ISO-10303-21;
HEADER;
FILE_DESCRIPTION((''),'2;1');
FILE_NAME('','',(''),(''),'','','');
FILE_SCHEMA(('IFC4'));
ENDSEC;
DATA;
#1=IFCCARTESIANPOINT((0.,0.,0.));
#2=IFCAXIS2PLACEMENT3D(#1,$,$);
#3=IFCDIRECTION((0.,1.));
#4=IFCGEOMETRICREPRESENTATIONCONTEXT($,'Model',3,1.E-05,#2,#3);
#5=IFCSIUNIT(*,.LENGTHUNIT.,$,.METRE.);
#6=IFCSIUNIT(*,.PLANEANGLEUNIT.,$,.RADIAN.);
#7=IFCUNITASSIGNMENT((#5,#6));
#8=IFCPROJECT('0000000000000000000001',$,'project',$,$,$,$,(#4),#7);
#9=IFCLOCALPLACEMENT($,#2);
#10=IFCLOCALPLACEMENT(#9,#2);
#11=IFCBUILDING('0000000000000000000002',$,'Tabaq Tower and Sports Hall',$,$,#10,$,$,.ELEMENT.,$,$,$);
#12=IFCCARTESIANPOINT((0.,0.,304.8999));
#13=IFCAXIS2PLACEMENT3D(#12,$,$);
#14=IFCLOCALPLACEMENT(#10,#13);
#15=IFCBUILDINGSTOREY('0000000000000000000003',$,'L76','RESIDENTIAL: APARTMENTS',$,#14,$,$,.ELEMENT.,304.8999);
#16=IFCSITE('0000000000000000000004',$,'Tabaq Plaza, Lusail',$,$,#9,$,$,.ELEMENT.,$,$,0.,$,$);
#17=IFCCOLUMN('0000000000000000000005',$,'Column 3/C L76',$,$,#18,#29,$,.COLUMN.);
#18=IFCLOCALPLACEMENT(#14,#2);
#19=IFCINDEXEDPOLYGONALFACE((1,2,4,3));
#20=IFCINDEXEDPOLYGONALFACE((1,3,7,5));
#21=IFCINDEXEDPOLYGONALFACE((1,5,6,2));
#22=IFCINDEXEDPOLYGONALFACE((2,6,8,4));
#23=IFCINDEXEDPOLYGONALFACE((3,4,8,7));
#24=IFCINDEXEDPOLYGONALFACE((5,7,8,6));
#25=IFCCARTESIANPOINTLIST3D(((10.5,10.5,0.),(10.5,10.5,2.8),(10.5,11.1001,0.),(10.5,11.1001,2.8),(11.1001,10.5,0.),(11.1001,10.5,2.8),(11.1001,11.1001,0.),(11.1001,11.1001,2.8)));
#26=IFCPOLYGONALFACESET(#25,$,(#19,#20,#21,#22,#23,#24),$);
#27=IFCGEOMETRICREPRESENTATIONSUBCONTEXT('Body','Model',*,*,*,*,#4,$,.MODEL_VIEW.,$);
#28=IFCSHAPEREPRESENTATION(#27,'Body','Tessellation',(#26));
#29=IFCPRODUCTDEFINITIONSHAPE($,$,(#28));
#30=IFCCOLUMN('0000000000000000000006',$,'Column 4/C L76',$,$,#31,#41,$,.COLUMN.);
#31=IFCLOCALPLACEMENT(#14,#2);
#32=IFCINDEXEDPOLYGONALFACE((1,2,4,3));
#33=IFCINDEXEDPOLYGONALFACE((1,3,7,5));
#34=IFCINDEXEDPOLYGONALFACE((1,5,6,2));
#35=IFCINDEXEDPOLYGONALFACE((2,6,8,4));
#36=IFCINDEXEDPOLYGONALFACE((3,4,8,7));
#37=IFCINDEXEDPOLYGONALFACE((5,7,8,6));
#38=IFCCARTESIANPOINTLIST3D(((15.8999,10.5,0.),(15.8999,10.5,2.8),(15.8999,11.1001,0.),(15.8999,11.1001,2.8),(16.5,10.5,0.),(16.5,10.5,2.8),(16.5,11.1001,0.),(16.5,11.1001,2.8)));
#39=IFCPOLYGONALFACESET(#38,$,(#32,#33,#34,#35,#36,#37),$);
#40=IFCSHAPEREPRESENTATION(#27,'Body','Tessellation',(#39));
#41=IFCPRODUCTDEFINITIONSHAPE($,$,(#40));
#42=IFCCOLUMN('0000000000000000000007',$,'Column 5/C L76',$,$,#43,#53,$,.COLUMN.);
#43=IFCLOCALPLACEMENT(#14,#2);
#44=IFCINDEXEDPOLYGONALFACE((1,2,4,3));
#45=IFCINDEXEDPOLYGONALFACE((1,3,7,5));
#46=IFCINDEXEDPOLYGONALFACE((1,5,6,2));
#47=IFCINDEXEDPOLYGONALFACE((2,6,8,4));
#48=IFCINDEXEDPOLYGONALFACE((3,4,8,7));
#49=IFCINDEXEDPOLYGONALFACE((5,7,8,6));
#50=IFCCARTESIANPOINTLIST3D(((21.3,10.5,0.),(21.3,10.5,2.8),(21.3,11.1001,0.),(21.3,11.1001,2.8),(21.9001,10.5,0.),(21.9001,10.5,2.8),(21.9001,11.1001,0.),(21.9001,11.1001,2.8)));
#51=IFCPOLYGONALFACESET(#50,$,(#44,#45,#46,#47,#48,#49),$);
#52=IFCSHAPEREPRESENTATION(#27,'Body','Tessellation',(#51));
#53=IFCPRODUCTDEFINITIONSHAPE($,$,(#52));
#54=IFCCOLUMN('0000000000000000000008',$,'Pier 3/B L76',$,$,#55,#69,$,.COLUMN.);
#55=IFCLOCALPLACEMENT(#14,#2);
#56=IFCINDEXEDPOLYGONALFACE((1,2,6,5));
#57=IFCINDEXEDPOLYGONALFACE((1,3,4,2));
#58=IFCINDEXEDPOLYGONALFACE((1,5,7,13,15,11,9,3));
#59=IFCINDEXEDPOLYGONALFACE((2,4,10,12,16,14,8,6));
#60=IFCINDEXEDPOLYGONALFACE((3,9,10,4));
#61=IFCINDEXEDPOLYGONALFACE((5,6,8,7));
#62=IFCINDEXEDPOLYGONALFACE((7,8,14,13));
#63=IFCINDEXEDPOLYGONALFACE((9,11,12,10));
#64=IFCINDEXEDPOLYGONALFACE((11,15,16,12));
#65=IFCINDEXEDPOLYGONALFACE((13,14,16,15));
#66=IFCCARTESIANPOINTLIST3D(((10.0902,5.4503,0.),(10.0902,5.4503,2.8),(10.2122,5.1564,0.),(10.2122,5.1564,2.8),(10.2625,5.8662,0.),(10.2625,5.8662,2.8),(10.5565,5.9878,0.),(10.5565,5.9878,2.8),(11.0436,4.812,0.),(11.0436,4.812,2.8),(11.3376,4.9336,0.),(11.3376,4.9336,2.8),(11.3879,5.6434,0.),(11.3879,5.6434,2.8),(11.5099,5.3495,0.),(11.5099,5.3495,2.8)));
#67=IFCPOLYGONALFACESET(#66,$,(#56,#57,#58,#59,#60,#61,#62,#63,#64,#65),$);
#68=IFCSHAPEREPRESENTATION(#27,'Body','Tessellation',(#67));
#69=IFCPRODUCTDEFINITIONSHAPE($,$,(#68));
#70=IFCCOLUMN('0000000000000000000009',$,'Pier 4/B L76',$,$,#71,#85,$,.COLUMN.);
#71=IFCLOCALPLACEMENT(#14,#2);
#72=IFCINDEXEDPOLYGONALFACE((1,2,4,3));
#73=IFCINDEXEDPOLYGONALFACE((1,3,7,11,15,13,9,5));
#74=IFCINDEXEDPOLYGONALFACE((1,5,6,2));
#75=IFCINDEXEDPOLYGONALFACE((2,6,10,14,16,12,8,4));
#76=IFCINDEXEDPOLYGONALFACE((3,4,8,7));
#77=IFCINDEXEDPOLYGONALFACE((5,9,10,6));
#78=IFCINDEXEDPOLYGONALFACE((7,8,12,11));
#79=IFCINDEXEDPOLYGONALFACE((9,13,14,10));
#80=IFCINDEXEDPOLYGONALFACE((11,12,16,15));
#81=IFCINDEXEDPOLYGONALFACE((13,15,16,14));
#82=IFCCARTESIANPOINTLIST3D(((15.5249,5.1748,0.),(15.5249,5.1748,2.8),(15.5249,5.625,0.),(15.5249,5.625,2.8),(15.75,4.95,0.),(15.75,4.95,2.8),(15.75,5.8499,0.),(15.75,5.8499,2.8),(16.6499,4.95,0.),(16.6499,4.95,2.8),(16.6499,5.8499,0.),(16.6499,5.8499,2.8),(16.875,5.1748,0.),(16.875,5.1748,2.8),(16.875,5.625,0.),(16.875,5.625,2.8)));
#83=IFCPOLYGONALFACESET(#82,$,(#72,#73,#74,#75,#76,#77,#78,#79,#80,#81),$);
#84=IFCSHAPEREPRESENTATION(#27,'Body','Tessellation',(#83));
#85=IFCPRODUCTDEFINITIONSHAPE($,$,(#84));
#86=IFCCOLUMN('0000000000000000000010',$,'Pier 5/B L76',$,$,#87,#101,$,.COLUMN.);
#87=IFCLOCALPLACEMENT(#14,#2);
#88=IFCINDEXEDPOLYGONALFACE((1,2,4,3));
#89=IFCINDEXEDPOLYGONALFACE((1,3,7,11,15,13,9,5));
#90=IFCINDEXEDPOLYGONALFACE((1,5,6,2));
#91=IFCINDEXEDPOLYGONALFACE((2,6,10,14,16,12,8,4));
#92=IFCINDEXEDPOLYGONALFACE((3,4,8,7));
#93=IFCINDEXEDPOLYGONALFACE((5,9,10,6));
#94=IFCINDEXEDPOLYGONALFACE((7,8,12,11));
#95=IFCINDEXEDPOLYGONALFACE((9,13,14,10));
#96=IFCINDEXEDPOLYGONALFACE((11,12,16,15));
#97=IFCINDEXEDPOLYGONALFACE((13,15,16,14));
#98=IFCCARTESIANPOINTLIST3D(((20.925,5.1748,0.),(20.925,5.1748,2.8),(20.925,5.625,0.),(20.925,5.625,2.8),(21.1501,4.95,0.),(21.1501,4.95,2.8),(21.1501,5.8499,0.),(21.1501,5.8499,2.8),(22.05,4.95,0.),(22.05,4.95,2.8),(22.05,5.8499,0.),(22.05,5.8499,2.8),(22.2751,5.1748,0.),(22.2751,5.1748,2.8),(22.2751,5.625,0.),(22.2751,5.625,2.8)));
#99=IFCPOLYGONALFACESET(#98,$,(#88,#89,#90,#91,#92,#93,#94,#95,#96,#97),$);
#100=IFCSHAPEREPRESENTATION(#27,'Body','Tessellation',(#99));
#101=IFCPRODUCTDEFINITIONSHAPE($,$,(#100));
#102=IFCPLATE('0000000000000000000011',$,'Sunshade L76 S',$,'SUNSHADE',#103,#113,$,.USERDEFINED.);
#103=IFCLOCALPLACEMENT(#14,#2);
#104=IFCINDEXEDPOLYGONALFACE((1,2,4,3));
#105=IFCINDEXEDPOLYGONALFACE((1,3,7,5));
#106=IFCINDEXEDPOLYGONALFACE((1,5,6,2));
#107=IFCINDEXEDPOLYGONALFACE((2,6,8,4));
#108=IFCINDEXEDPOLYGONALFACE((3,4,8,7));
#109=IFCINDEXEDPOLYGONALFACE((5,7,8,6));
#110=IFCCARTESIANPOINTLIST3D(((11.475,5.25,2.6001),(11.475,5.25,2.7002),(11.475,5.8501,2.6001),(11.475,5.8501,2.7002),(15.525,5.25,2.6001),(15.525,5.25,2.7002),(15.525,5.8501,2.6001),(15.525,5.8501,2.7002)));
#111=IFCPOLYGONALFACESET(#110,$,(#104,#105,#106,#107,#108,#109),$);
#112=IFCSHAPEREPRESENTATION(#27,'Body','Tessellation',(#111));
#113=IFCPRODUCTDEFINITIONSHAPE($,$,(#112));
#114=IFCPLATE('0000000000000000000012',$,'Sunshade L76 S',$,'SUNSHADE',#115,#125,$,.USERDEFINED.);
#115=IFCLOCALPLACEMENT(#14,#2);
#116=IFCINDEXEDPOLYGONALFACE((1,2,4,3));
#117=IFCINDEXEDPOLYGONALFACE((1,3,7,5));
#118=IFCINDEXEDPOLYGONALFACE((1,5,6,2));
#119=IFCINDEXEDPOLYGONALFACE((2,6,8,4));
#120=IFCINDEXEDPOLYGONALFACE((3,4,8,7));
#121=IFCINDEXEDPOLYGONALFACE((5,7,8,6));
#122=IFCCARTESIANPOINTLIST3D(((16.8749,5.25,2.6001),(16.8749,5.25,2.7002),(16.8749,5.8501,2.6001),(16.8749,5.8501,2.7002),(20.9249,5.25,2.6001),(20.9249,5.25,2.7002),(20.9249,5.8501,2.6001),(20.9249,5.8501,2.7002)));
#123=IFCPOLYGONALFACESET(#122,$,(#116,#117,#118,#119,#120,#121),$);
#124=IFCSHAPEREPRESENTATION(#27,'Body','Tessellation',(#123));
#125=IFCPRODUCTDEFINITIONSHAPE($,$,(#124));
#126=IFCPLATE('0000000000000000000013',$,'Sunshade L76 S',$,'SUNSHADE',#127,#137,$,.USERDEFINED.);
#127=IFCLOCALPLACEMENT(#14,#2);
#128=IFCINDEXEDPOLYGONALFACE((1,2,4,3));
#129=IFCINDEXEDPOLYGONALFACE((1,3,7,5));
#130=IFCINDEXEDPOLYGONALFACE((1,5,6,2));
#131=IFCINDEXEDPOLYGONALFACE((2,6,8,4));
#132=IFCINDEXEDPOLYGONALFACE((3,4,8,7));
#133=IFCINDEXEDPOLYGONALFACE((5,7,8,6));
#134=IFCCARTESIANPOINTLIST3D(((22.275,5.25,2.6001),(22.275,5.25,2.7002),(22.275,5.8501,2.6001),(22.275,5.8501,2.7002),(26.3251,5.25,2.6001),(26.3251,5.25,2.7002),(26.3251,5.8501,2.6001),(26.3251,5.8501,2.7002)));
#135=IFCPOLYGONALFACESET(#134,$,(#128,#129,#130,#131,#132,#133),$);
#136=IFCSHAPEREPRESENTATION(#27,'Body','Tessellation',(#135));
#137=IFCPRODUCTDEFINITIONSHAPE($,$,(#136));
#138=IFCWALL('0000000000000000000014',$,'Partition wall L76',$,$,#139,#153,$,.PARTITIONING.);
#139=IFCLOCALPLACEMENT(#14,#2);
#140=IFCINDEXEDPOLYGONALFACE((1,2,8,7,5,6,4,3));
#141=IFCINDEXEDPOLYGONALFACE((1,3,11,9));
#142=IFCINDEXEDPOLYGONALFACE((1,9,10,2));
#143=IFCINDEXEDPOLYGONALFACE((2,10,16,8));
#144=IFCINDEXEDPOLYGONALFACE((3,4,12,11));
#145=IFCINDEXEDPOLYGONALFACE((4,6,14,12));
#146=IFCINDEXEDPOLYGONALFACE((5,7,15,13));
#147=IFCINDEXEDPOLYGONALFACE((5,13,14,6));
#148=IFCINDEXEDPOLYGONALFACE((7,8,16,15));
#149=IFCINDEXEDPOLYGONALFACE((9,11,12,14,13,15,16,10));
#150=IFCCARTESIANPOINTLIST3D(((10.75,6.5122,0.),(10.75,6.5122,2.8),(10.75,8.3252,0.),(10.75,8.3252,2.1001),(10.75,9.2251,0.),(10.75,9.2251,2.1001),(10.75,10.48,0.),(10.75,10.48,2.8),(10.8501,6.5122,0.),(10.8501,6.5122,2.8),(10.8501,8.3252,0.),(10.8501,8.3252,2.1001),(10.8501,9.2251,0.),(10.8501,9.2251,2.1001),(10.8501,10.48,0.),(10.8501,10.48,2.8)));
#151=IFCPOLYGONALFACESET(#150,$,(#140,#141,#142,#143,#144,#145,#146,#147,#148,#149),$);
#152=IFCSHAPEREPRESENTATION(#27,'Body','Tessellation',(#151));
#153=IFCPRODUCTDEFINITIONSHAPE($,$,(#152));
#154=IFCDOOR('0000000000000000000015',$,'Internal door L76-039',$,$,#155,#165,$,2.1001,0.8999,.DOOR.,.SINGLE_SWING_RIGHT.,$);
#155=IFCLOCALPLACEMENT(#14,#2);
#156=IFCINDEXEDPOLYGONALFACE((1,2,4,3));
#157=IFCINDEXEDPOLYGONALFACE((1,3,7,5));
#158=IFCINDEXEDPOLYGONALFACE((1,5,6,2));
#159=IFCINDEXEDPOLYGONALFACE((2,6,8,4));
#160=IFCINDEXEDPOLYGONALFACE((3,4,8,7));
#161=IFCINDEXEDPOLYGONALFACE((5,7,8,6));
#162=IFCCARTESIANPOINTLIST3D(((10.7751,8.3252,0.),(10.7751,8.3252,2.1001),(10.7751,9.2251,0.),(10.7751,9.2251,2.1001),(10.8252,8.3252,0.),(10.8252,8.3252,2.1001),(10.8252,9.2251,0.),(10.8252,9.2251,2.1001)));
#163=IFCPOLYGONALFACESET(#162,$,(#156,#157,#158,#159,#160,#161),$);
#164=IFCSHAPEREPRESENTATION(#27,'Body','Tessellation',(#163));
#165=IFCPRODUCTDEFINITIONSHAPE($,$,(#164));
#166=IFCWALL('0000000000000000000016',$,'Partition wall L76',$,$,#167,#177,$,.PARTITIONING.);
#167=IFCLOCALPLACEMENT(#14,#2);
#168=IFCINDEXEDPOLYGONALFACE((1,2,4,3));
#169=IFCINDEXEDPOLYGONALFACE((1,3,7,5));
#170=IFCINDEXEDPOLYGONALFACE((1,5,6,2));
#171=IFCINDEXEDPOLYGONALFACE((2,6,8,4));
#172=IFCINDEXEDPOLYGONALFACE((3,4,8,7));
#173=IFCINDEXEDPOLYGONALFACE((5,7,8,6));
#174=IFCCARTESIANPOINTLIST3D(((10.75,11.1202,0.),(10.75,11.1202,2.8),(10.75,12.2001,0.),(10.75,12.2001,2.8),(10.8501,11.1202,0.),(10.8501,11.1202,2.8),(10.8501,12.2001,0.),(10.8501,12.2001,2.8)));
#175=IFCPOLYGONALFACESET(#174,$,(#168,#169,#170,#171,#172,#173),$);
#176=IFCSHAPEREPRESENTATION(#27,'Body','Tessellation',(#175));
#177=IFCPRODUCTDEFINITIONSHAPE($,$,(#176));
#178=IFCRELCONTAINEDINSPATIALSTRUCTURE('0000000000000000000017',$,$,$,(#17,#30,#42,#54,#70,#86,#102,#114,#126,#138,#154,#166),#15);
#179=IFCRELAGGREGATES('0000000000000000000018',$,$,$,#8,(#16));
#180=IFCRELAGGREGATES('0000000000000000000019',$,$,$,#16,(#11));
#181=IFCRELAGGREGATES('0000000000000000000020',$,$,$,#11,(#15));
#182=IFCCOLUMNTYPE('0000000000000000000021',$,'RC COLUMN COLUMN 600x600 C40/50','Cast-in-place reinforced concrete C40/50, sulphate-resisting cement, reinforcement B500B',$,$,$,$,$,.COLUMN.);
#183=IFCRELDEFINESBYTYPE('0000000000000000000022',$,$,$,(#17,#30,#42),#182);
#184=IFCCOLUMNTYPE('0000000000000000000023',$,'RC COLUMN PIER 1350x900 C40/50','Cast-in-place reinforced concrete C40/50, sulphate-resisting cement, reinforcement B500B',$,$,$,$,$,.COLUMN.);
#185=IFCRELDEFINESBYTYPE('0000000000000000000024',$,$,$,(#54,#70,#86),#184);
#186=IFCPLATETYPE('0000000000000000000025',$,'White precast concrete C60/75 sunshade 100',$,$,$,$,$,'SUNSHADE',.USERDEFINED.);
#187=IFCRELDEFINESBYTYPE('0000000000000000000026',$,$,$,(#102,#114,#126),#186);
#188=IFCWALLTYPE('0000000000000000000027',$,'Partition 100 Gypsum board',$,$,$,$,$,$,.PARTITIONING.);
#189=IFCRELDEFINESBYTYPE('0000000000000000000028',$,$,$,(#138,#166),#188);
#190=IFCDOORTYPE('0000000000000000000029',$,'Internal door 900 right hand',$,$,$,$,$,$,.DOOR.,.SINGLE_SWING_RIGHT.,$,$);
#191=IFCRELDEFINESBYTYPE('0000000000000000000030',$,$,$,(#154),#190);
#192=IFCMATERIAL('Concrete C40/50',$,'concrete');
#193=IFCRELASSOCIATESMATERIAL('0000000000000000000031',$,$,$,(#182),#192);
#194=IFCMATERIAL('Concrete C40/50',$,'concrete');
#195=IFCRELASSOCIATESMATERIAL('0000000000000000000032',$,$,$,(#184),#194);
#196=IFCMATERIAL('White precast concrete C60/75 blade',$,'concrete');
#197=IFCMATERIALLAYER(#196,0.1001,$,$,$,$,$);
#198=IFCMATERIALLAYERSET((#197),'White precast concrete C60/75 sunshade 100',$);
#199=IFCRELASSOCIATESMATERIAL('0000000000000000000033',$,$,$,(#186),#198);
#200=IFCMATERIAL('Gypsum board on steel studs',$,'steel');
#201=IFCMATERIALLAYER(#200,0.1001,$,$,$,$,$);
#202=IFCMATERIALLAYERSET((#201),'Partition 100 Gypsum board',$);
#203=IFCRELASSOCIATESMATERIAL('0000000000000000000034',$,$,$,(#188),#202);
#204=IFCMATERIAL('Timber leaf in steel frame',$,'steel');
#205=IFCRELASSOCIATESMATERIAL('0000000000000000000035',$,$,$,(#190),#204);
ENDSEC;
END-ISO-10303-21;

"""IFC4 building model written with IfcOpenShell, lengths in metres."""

from ifc_helpers import new_model, si_unit, direction, frame, frame_2d, origin, origin_2d, place, context, subcontext, project, spatial, polyline, rectangle, outline, extrude, material, layer, layer_set, material_profile, profile_set, type_object, element, fill, save


model = new_model("IFC4")

# Units and contexts
model_context = context("Model", 3, precision=1e-05, world=origin(), true_north=direction((0.0, 1.0)))
body_context = subcontext(model_context, "Body", "Model", "MODEL_VIEW")
ifc_project = project(units=[si_unit("LENGTHUNIT", "METRE"), si_unit("PLANEANGLEUNIT", "RADIAN")], contexts=[model_context])

# Site, building, storey
site_placement = place(None, origin())
site = spatial("IfcSite", under=ifc_project, at=site_placement, Name="Tabaq Plaza, Lusail", CompositionType="ELEMENT", RefElevation=0.0)
building_placement = place(site_placement, origin())
building = spatial("IfcBuilding", under=site, at=building_placement, Name="Tabaq Tower and Sports Hall", CompositionType="ELEMENT")
storey_placement = place(building_placement, frame((0.0, 0.0, 304.8999)))
storey = spatial("IfcBuildingStorey", under=building, at=storey_placement, Name="L76", Description="RESIDENTIAL: APARTMENTS", CompositionType="ELEMENT", Elevation=304.8999)

# Columns
ifc_material_1 = material(Name="Concrete C40/50", Category="concrete")
ifc_material_profile_1 = material_profile(ifc_material_1, rectangle(XDim=0.6001, YDim=0.6001, at=origin_2d()), Name="COLUMN 600x600")
ifc_profile_set_1 = profile_set([ifc_material_profile_1], Name="Concrete C40/50")
column_type_1 = type_object("IfcColumnType", Name="RC COLUMN COLUMN 600x600 C40/50", Description="Cast-in-place reinforced concrete C40/50, sulphate-resisting cement, reinforcement B500B", PredefinedType="COLUMN", material=ifc_profile_set_1)
for number, where, z_axis, x_axis, name in (
    (1, (10.8, 10.8, 0.0), (0.0, 0.0, 1.0), (1.0, 0.0, 0.0), "Column 3/C L76"),
    (2, (16.2, 10.8, 0.0), (0.0, 0.0, 1.0), (1.0, 0.0, 0.0), "Column 4/C L76"),
    (3, (21.6001, 10.8, 0.0), (0.0, 0.0, 1.0), (1.0, 0.0, 0.0), "Column 5/C L76"),
):
    element("IfcColumn", number, at=place(storey_placement, frame(where, z_axis=z_axis, x_axis=x_axis)), inside=storey, type_object=column_type_1, Name=name, PredefinedType="COLUMN", context=body_context, shape_type="SweptSolid", body=[
        extrude(rectangle(XDim=0.6001, YDim=0.6001, at=origin_2d()), origin(), (0.0, 0.0, 1.0), 2.8),
    ])
ifc_material_2 = material(Name="Concrete C40/50", Category="concrete")
ifc_material_profile_2 = material_profile(ifc_material_2, outline(polyline([(-0.45, -0.45), (0.45, -0.45), (0.675, -0.2251), (0.675, 0.2251), (0.45, 0.45), (-0.45, 0.45), (-0.675, 0.2251), (-0.675, -0.2251), (-0.45, -0.45)])), Name="PIER 1350x900")
ifc_profile_set_2 = profile_set([ifc_material_profile_2], Name="Concrete C40/50")
column_type_2 = type_object("IfcColumnType", Name="RC COLUMN PIER 1350x900 C40/50", Description="Cast-in-place reinforced concrete C40/50, sulphate-resisting cement, reinforcement B500B", PredefinedType="COLUMN", material=ifc_profile_set_2)
for number, where, z_axis, x_axis, name in (
    (4, (10.8, 5.3999, 0.0), (0.0, 0.0, 1.0), (-0.92388, 0.382683, 0.0), "Pier 3/B L76"),
    (5, (16.2, 5.3999, 0.0), (0.0, 0.0, 1.0), (1.0, 0.0, 0.0), "Pier 4/B L76"),
    (6, (21.6001, 5.3999, 0.0), (0.0, 0.0, 1.0), (1.0, 0.0, 0.0), "Pier 5/B L76"),
):
    element("IfcColumn", number, at=place(storey_placement, frame(where, z_axis=z_axis, x_axis=x_axis)), inside=storey, type_object=column_type_2, Name=name, PredefinedType="COLUMN", context=body_context, shape_type="SweptSolid", body=[
        extrude(outline(polyline([(-0.45, -0.45), (0.45, -0.45), (0.675, -0.2251), (0.675, 0.2251), (0.45, 0.45), (-0.45, 0.45), (-0.675, 0.2251), (-0.675, -0.2251), (-0.45, -0.45)])), origin(), (0.0, 0.0, 1.0), 2.8),
    ])

# Plates
ifc_material_3 = material(Name="White precast concrete C60/75 blade", Category="concrete")
ifc_layer_1 = layer(ifc_material_3, 0.1001)
ifc_layer_set_1 = layer_set([ifc_layer_1], Name="White precast concrete C60/75 sunshade 100")
plate_type = type_object("IfcPlateType", Name="White precast concrete C60/75 sunshade 100", ElementType="SUNSHADE", PredefinedType="USERDEFINED", material=ifc_layer_set_1)
for number, where, z_axis, x_axis, name in (
    (7, (13.5, 5.55, 2.6001), (0.0, 0.0, 1.0), (1.0, 0.0, 0.0), "Sunshade L76 S"),
    (8, (18.8999, 5.55, 2.6001), (0.0, 0.0, 1.0), (1.0, 0.0, 0.0), "Sunshade L76 S"),
    (9, (24.3, 5.55, 2.6001), (0.0, 0.0, 1.0), (1.0, 0.0, 0.0), "Sunshade L76 S"),
):
    element("IfcPlate", number, at=place(storey_placement, frame(where, z_axis=z_axis, x_axis=x_axis)), inside=storey, type_object=plate_type, Name=name, ObjectType="SUNSHADE", PredefinedType="USERDEFINED", context=body_context, shape_type="SweptSolid", body=[
        extrude(rectangle(XDim=4.05, YDim=0.6001, at=origin_2d()), origin(), (0.0, 0.0, 1.0), 0.1001),
    ])

# Wall, opening, door
ifc_material_4 = material(Name="Gypsum board on steel studs", Category="steel")
ifc_layer_2 = layer(ifc_material_4, 0.1001)
ifc_layer_set_2 = layer_set([ifc_layer_2], Name="Partition 100 Gypsum board")
wall_type_1 = type_object("IfcWallType", Name="Partition 100 Gypsum board", PredefinedType="PARTITIONING", material=ifc_layer_set_2)
wall_1_placement = place(storey_placement, frame((10.8, 6.5122, 0.0), z_axis=(0.0, 0.0, 1.0), x_axis=(0.0, 1.0, 0.0)))
wall_1 = element("IfcWall", 10, at=wall_1_placement, inside=storey, type_object=wall_type_1, Name="Partition wall L76", PredefinedType="PARTITIONING", context=body_context, shape_type="SweptSolid", body=[
    extrude(rectangle(XDim=3.9678, YDim=0.1001, at=frame_2d((1.9839, 0.0))), origin(), (0.0, 0.0, 1.0), 2.8),
])
opening_1_placement = place(wall_1_placement, frame((1.813, 0.0, 0.0)))
opening_1 = element("IfcOpeningElement", 11, at=opening_1_placement, cuts=wall_1, PredefinedType="OPENING", context=body_context, shape_type="SweptSolid", body=[
    extrude(rectangle(XDim=0.8999, YDim=2.1001, at=frame_2d((0.45, 1.05))), frame((0.0, 0.05, 0.0), z_axis=(0.0, -1.0, 0.0), x_axis=(1.0, 0.0, 0.0)), (0.0, 0.0, 1.0), 0.1001),
])
ifc_material_5 = material(Name="Timber leaf in steel frame", Category="steel")
door_type_1 = type_object("IfcDoorType", Name="Internal door 900 right hand", OperationType="SINGLE_SWING_RIGHT", PredefinedType="DOOR", material=ifc_material_5)
door_1_placement = place(opening_1_placement, origin())
door_1 = element("IfcDoor", 12, at=door_1_placement, inside=storey, type_object=door_type_1, Name="Internal door L76-039", OperationType="SINGLE_SWING_RIGHT", OverallHeight=2.1001, OverallWidth=0.8999, PredefinedType="DOOR", context=body_context, shape_type="SweptSolid", body=[
    extrude(rectangle(XDim=0.8999, YDim=2.1001, at=frame_2d((0.45, 1.05))), frame((0.0, 0.0249, 0.0), z_axis=(0.0, -1.0, 0.0), x_axis=(1.0, 0.0, 0.0)), (0.0, 0.0, 1.0), 0.05),
])
fill(opening_1, door_1)

# Wall
wall_2_placement = place(storey_placement, frame((10.8, 11.1201, 0.0), z_axis=(0.0, 0.0, 1.0), x_axis=(0.0, 1.0, 0.0)))
element("IfcWall", 13, at=wall_2_placement, inside=storey, type_object=wall_type_1, Name="Partition wall L76", PredefinedType="PARTITIONING", context=body_context, shape_type="SweptSolid", body=[
    extrude(rectangle(XDim=1.0798, YDim=0.1001, at=frame_2d((0.54, 0.0))), origin(), (0.0, 0.0, 1.0), 2.8),
])

save(model, "model.ifc")
